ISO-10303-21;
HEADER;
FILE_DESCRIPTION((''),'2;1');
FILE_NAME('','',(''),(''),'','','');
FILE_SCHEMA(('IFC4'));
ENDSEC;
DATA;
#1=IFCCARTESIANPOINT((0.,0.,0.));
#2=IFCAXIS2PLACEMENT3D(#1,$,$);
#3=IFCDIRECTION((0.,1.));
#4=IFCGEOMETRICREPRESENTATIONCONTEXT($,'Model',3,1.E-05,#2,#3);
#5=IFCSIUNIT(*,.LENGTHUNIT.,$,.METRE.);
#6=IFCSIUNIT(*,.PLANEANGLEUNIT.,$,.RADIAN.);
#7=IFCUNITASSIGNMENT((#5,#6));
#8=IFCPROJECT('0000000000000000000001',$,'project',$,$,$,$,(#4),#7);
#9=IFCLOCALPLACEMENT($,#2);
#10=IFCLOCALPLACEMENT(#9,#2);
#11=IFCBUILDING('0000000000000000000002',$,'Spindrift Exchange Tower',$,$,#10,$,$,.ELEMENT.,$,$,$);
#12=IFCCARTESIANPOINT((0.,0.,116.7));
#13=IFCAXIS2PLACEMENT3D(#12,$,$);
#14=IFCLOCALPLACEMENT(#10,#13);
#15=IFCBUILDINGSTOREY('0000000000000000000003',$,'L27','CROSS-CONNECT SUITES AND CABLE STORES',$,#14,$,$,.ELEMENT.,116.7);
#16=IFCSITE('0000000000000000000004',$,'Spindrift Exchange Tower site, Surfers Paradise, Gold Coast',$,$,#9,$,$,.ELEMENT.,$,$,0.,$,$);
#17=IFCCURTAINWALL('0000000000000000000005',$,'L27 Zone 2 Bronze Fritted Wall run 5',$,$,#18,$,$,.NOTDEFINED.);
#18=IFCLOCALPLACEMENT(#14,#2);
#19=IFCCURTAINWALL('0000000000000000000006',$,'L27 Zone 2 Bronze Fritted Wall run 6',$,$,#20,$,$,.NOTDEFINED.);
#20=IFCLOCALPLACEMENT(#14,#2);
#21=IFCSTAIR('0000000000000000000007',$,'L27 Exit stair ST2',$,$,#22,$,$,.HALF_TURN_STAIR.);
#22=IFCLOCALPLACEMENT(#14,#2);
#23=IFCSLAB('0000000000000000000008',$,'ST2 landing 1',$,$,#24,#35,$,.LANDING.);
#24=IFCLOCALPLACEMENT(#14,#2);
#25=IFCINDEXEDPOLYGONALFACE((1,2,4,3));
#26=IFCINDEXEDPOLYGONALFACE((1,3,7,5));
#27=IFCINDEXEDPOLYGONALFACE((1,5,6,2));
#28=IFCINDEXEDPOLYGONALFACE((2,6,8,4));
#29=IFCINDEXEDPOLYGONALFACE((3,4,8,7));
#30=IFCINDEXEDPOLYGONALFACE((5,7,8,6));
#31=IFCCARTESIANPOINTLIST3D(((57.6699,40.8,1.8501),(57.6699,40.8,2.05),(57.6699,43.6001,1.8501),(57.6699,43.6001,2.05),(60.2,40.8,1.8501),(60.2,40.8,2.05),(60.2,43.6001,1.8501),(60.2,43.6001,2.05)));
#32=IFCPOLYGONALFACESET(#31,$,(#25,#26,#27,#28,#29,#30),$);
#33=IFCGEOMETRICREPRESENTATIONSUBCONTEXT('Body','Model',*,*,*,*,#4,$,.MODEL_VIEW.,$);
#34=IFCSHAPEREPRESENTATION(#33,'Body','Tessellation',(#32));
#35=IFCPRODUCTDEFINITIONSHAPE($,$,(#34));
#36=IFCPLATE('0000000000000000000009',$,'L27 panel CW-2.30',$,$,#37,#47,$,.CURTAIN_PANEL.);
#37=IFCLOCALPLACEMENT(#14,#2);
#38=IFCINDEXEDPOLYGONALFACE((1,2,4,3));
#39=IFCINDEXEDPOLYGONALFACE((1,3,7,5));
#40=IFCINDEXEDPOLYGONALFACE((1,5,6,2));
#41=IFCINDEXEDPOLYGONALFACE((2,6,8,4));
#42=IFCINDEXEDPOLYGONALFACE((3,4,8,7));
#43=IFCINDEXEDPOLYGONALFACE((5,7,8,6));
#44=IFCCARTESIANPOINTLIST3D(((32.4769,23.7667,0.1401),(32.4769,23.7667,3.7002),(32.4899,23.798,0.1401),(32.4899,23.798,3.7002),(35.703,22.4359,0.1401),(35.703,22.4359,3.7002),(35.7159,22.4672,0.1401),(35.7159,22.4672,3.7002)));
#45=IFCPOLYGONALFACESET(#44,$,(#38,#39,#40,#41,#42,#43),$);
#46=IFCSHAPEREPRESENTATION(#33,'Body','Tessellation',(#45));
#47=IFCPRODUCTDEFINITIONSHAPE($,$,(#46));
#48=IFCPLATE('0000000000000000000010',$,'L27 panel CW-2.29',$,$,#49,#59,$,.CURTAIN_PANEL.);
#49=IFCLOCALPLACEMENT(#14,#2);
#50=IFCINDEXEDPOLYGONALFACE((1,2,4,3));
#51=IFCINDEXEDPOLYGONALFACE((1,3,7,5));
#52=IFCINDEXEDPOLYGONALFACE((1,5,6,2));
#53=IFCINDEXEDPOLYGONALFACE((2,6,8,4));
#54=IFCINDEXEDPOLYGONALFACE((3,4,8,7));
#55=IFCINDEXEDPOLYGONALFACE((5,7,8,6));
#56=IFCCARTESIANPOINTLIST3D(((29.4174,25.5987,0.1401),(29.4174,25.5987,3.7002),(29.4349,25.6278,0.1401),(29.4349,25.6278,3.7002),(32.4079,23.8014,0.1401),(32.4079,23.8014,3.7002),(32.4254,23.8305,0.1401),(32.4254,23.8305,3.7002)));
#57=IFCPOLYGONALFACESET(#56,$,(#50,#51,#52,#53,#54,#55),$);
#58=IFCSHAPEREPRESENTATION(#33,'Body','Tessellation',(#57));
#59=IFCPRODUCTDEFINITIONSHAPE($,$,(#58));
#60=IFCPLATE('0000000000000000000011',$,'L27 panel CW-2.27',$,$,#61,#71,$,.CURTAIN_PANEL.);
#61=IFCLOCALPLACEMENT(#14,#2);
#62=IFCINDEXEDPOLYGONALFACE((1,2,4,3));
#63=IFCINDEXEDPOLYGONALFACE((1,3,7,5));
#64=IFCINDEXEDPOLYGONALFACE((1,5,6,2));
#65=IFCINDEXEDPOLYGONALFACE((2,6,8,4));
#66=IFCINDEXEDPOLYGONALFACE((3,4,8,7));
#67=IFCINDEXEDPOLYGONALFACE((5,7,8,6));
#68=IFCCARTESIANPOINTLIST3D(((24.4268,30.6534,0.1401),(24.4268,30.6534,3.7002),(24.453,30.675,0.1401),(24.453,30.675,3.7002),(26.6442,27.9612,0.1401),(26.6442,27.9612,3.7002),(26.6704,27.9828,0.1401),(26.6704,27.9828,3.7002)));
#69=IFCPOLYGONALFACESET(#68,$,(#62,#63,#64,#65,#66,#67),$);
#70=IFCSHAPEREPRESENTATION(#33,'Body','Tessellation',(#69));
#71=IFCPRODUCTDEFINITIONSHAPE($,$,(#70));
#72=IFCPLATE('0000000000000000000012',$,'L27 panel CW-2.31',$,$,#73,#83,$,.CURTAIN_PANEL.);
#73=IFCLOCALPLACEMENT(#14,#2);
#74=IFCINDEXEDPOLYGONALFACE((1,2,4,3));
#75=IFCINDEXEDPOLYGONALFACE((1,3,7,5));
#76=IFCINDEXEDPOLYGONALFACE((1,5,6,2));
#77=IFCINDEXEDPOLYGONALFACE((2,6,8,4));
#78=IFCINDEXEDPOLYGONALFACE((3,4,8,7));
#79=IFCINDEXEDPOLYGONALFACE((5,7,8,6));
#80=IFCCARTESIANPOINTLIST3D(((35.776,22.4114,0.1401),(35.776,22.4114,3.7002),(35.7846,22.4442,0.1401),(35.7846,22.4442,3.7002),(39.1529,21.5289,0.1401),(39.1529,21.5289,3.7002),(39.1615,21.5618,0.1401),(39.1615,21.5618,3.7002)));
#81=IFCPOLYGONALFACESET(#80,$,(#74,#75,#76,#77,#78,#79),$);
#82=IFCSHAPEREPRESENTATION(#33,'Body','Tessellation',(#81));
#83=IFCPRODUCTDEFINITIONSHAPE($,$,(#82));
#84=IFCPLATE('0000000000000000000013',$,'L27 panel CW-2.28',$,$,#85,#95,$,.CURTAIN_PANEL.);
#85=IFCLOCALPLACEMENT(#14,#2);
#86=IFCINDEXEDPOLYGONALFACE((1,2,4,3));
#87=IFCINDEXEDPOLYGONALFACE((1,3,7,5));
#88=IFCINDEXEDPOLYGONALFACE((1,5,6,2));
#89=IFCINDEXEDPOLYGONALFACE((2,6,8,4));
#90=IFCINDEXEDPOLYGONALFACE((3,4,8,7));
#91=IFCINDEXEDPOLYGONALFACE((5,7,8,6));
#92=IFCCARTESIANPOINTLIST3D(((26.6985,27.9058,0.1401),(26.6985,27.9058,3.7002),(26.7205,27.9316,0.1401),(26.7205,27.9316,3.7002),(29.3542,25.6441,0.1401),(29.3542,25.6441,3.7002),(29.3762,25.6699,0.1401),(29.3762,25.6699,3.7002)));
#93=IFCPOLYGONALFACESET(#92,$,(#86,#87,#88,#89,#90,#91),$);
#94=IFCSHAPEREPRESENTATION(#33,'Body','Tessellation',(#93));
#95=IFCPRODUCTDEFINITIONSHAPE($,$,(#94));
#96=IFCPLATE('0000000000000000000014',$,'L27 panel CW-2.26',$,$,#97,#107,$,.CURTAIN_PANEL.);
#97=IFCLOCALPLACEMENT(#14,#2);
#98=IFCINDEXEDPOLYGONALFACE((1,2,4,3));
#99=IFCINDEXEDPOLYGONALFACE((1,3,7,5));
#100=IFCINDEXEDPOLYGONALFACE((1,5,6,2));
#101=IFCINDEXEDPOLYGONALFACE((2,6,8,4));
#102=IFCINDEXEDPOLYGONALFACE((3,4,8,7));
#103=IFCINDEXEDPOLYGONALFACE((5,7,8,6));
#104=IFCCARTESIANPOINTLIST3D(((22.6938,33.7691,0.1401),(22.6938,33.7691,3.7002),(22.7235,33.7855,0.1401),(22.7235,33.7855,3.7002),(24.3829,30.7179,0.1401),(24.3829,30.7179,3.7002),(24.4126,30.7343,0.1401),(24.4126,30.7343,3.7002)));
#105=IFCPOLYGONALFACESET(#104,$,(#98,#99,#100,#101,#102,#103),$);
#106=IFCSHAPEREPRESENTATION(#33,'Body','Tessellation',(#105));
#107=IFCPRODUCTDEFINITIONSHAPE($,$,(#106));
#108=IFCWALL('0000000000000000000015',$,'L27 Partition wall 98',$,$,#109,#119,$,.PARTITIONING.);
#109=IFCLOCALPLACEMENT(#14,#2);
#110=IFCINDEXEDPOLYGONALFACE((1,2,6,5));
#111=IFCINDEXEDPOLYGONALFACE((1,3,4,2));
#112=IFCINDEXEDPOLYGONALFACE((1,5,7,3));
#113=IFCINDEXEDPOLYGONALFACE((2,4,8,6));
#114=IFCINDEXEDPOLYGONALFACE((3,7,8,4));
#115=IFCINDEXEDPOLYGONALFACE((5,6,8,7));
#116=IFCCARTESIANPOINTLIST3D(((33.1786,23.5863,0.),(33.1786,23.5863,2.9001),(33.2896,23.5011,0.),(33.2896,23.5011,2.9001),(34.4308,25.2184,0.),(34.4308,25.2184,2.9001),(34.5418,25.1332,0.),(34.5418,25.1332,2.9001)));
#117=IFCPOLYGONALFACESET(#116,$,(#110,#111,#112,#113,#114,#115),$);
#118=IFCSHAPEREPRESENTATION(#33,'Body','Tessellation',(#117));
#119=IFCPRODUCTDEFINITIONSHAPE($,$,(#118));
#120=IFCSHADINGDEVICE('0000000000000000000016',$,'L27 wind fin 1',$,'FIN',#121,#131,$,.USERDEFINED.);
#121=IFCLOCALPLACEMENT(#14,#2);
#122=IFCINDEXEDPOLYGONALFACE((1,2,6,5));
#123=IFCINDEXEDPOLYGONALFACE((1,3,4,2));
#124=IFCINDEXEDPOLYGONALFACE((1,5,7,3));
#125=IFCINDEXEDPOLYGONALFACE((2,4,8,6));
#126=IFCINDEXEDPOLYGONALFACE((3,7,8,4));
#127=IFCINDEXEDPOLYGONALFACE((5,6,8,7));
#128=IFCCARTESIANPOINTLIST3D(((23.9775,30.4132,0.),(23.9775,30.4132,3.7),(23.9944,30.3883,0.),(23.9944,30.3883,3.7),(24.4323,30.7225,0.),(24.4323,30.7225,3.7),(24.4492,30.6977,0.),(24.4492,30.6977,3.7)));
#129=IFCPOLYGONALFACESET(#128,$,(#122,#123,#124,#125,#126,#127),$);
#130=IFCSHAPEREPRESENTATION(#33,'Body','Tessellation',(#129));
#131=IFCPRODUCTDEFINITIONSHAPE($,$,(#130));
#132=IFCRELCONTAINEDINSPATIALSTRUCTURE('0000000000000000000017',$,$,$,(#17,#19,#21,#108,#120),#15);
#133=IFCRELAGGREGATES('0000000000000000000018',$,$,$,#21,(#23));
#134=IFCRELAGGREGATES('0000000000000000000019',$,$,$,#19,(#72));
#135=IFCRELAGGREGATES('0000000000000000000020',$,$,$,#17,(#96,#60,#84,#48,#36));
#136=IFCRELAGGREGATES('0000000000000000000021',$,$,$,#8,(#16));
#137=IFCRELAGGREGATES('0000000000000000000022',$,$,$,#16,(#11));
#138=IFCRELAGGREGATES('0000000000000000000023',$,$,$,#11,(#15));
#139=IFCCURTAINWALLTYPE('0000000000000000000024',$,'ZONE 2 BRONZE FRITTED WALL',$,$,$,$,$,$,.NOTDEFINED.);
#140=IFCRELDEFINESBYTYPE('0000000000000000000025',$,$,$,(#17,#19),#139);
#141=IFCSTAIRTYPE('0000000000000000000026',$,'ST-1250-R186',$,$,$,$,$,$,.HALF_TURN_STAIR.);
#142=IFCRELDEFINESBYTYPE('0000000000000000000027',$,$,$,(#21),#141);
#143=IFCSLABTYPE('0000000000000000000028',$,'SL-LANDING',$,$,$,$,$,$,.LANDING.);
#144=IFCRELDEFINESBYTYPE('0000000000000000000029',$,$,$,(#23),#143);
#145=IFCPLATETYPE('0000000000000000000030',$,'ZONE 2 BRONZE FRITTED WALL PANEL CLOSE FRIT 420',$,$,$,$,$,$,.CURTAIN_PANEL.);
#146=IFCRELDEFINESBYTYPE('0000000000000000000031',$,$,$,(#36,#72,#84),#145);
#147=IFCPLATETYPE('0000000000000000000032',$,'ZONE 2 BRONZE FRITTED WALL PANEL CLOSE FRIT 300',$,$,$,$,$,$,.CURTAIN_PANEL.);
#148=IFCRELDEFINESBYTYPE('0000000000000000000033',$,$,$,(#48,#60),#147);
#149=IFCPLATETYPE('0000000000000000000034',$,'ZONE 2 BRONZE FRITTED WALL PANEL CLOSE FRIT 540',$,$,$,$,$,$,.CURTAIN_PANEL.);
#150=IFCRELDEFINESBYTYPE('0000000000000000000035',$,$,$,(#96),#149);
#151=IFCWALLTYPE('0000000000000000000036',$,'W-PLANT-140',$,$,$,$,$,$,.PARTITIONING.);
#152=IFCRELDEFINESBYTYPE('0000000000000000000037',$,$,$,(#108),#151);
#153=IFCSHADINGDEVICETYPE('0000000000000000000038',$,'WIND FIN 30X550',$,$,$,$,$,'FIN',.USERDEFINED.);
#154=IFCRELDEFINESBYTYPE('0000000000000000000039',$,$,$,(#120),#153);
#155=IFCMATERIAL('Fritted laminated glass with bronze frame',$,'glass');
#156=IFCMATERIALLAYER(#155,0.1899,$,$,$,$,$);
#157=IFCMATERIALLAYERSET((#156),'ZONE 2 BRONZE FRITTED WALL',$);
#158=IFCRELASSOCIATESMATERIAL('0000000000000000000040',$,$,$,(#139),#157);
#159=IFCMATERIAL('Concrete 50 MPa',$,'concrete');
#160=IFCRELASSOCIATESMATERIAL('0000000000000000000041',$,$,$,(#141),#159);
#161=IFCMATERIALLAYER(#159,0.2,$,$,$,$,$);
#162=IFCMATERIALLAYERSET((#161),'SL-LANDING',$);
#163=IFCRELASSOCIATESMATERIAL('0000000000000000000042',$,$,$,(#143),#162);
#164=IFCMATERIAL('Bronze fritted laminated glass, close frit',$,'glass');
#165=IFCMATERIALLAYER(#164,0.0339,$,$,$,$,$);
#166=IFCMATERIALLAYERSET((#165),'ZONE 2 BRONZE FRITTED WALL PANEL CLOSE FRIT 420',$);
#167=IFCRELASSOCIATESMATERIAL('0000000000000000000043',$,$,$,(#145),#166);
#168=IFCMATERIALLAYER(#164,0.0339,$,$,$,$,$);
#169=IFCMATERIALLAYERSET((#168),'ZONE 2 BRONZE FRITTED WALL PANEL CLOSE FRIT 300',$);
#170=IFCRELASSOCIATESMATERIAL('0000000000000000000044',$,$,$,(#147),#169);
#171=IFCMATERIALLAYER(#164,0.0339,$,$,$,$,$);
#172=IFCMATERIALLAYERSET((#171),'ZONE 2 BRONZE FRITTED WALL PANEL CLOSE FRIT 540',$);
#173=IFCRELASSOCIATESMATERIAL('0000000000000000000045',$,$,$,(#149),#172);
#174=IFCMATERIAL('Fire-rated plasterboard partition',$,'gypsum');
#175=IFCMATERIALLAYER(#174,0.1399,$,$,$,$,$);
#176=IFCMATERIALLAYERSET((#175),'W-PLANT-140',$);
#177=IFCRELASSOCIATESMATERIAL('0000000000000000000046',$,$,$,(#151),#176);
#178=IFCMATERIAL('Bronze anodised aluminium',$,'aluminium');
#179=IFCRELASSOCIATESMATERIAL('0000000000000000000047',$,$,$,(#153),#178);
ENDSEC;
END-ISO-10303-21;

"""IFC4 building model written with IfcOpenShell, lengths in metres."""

from ifc_helpers import new_model, si_unit, direction, frame, frame_2d, origin, origin_2d, place, context, subcontext, project, spatial, line, indexed_curve, rectangle, outline, extrude, source, transform, mapped, material, layer, layer_set, material_profile, profile_set, type_object, element, aggregate, save


model = new_model("IFC4")

# Units and contexts
model_context = context("Model", 3, precision=1e-05, world=origin(), true_north=direction((0.0, 1.0)))
body_context = subcontext(model_context, "Body", "Model", "MODEL_VIEW")
ifc_project = project(units=[si_unit("LENGTHUNIT", "METRE"), si_unit("PLANEANGLEUNIT", "RADIAN")], contexts=[model_context])

# Site, building, storey
site_placement = place(None, origin())
site = spatial("IfcSite", under=ifc_project, at=site_placement, Name="Spindrift Exchange Tower site, Surfers Paradise, Gold Coast", CompositionType="ELEMENT", RefElevation=0.0)
building_placement = place(site_placement, origin())
building = spatial("IfcBuilding", under=site, at=building_placement, Name="Spindrift Exchange Tower", CompositionType="ELEMENT")
storey_placement = place(building_placement, frame((0.0, 0.0, 116.7)))
storey = spatial("IfcBuildingStorey", under=building, at=storey_placement, Name="L27", Description="CROSS-CONNECT SUITES AND CABLE STORES", CompositionType="ELEMENT", Elevation=116.7)

# Curtain wall
ifc_material_1 = material(Name="Fritted laminated glass with bronze frame", Category="glass")
ifc_layer_1 = layer(ifc_material_1, 0.1899)
ifc_layer_set_1 = layer_set([ifc_layer_1], Name="ZONE 2 BRONZE FRITTED WALL")
curtain_wall_type = type_object("IfcCurtainWallType", Name="ZONE 2 BRONZE FRITTED WALL", PredefinedType="NOTDEFINED", material=ifc_layer_set_1)
curtain_wall_1_placement = place(storey_placement, origin())
curtain_wall_1 = element("IfcCurtainWall", 1, at=curtain_wall_1_placement, inside=storey, type_object=curtain_wall_type, Name="L27 Zone 2 Bronze Fritted Wall run 5", PredefinedType="NOTDEFINED")
ifc_material_2 = material(Name="Bronze anodised aluminium", Category="aluminium")

# Curtain wall
curtain_wall_2_placement = place(storey_placement, origin())
curtain_wall_2 = element("IfcCurtainWall", 2, at=curtain_wall_2_placement, inside=storey, type_object=curtain_wall_type, Name="L27 Zone 2 Bronze Fritted Wall run 6", PredefinedType="NOTDEFINED")

# Shared definitions
ifc_material_3 = material(Name="Concrete 50 MPa", Category="concrete")

# Stair, slab
stair_type = type_object("IfcStairType", Name="ST-1250-R186", PredefinedType="HALF_TURN_STAIR", material=ifc_material_3)
ifc_layer_2 = layer(ifc_material_3, 0.2)
ifc_layer_set_2 = layer_set([ifc_layer_2], Name="SL-LANDING")
slab_type_1 = type_object("IfcSlabType", Name="SL-LANDING", PredefinedType="LANDING", material=ifc_layer_set_2)
stair_1_placement = place(storey_placement, origin())
stair_1 = element("IfcStair", 3, at=stair_1_placement, inside=storey, type_object=stair_type, Name="L27 Exit stair ST2", PredefinedType="HALF_TURN_STAIR")
slab_1_placement = place(storey_placement, frame((0.0, 0.0, 1.8501)))
slab_1 = element("IfcSlab", 4, at=slab_1_placement, type_object=slab_type_1, Name="ST2 landing 1", PredefinedType="LANDING", context=body_context, shape_type="SweptSolid", body=[
    extrude(outline(indexed_curve([(57.6699, 43.6001), (60.2, 43.6001), (60.2, 40.8), (57.6699, 40.8)], segments=[line(1, 2, 3, 4, 1)], self_intersect=False)), origin(), (0.0, 0.0, 1.0), 0.2),
])
aggregate(stair_1, [slab_1])

# Plates
ifc_material_4 = material(Name="Bronze fritted laminated glass, close frit", Category="glass")
ifc_layer_3 = layer(ifc_material_4, 0.0339)
ifc_layer_set_3 = layer_set([ifc_layer_3], Name="ZONE 2 BRONZE FRITTED WALL PANEL CLOSE FRIT 420")
plate_type_1 = type_object("IfcPlateType", Name="ZONE 2 BRONZE FRITTED WALL PANEL CLOSE FRIT 420", PredefinedType="CURTAIN_PANEL", material=ifc_layer_set_3)
shared_shape_1 = source(origin(), body_context, "Body", "SweptSolid", [
    extrude(rectangle(XDim=3.4897, YDim=0.0339, at=origin_2d()), origin(), (0.0, 0.0, 1.0), 3.5601),
])
plate_1_placement = place(storey_placement, frame((34.0964, 23.1169, 0.1401), z_axis=(0.0, 0.0, 1.0), x_axis=(0.924434, -0.381343, 0.0)))
plate_1 = element("IfcPlate", 5, at=plate_1_placement, type_object=plate_type_1, Name="L27 panel CW-2.30", PredefinedType="CURTAIN_PANEL", context=body_context, shape_type="MappedRepresentation", body=[
    mapped(shared_shape_1, transform((0.0, 0.0, 0.0), scale=1.0)),
])
ifc_layer_4 = layer(ifc_material_4, 0.0339)
ifc_layer_set_4 = layer_set([ifc_layer_4], Name="ZONE 2 BRONZE FRITTED WALL PANEL CLOSE FRIT 300")
plate_type_2 = type_object("IfcPlateType", Name="ZONE 2 BRONZE FRITTED WALL PANEL CLOSE FRIT 300", PredefinedType="CURTAIN_PANEL", material=ifc_layer_set_4)
shared_shape_2 = source(origin(), body_context, "Body", "SweptSolid", [
    extrude(rectangle(XDim=3.489, YDim=0.0339, at=origin_2d()), origin(), (0.0, 0.0, 1.0), 3.5601),
])
plate_2_placement = place(storey_placement, frame((30.9214, 24.7146, 0.1401), z_axis=(0.0, 0.0, 1.0), x_axis=(0.857106, -0.51514, 0.0)))
plate_2 = element("IfcPlate", 6, at=plate_2_placement, type_object=plate_type_2, Name="L27 panel CW-2.29", PredefinedType="CURTAIN_PANEL", context=body_context, shape_type="MappedRepresentation", body=[
    mapped(shared_shape_2, transform((0.0, 0.0, 0.0), scale=1.0)),
])
shared_shape_3 = source(origin(), body_context, "Body", "SweptSolid", [
    extrude(rectangle(XDim=3.4878, YDim=0.0339, at=origin_2d()), origin(), (0.0, 0.0, 1.0), 3.5601),
])
plate_3_placement = place(storey_placement, frame((25.5486, 29.3181, 0.1401), z_axis=(0.0, 0.0, 1.0), x_axis=(0.635759, -0.771888, 0.0)))
plate_3 = element("IfcPlate", 7, at=plate_3_placement, type_object=plate_type_2, Name="L27 panel CW-2.27", PredefinedType="CURTAIN_PANEL", context=body_context, shape_type="MappedRepresentation", body=[
    mapped(shared_shape_3, transform((0.0, 0.0, 0.0), scale=1.0)),
])
shared_shape_4 = source(origin(), body_context, "Body", "SweptSolid", [
    extrude(rectangle(XDim=3.4902, YDim=0.0339, at=origin_2d()), origin(), (0.0, 0.0, 1.0), 3.5601),
])
plate_4_placement = place(storey_placement, frame((37.4688, 21.9866, 0.1401), z_axis=(0.0, 0.0, 1.0), x_axis=(0.96751, -0.252831, 0.0)))
plate_4 = element("IfcPlate", 8, at=plate_4_placement, type_object=plate_type_1, Name="L27 panel CW-2.31", PredefinedType="CURTAIN_PANEL", context=body_context, shape_type="MappedRepresentation", body=[
    mapped(shared_shape_4, transform((0.0, 0.0, 0.0), scale=1.0)),
])
aggregate(curtain_wall_2, [plate_4])
shared_shape_5 = source(origin(), body_context, "Body", "SweptSolid", [
    extrude(rectangle(XDim=3.4883, YDim=0.0339, at=origin_2d()), origin(), (0.0, 0.0, 1.0), 3.5601),
])
plate_5_placement = place(storey_placement, frame((28.0374, 26.7878, 0.1401), z_axis=(0.0, 0.0, 1.0), x_axis=(0.761324, -0.648371, 0.0)))
plate_5 = element("IfcPlate", 9, at=plate_5_placement, type_object=plate_type_1, Name="L27 panel CW-2.28", PredefinedType="CURTAIN_PANEL", context=body_context, shape_type="MappedRepresentation", body=[
    mapped(shared_shape_5, transform((0.0, 0.0, 0.0), scale=1.0)),
])
ifc_layer_5 = layer(ifc_material_4, 0.0339)
ifc_layer_set_5 = layer_set([ifc_layer_5], Name="ZONE 2 BRONZE FRITTED WALL PANEL CLOSE FRIT 540")
plate_type_3 = type_object("IfcPlateType", Name="ZONE 2 BRONZE FRITTED WALL PANEL CLOSE FRIT 540", PredefinedType="CURTAIN_PANEL", material=ifc_layer_set_5)
shared_shape_6 = source(origin(), body_context, "Body", "SweptSolid", [
    extrude(rectangle(XDim=3.4875, YDim=0.0339, at=origin_2d()), origin(), (0.0, 0.0, 1.0), 3.5601),
])
plate_6_placement = place(storey_placement, frame((23.5532, 32.2517, 0.1401), z_axis=(0.0, 0.0, 1.0), x_axis=(0.484332, -0.874884, 0.0)))
plate_6 = element("IfcPlate", 10, at=plate_6_placement, type_object=plate_type_3, Name="L27 panel CW-2.26", PredefinedType="CURTAIN_PANEL", context=body_context, shape_type="MappedRepresentation", body=[
    mapped(shared_shape_6, transform((0.0, 0.0, 0.0), scale=1.0)),
])
aggregate(curtain_wall_1, [plate_6, plate_3, plate_5, plate_2, plate_1])

# Wall
ifc_material_5 = material(Name="Fire-rated plasterboard partition", Category="gypsum")
ifc_layer_6 = layer(ifc_material_5, 0.1399)
ifc_layer_set_6 = layer_set([ifc_layer_6], Name="W-PLANT-140")
wall_type = type_object("IfcWallType", Name="W-PLANT-140", PredefinedType="PARTITIONING", material=ifc_layer_set_6)
wall_placement = place(storey_placement, frame((34.4863, 25.1758, 0.0), z_axis=(0.0, 0.0, 1.0), x_axis=(-0.608718, -0.793387, 0.0)))
element("IfcWall", 11, at=wall_placement, inside=storey, type_object=wall_type, Name="L27 Partition wall 98", PredefinedType="PARTITIONING", context=body_context, shape_type="SweptSolid", body=[
    extrude(rectangle(XDim=2.0571, YDim=0.1399, at=frame_2d((1.0286, 0.0))), origin(), (0.0, 0.0, 1.0), 2.9001),
])

# Shading device
ifc_material_profile_1 = material_profile(ifc_material_2, rectangle(XDim=0.03, YDim=0.55, at=origin_2d()), Name="WIND FIN 30X550")
ifc_profile_set_1 = profile_set([ifc_material_profile_1], Name="Bronze anodised aluminium")
shading_device_type = type_object("IfcShadingDeviceType", Name="WIND FIN 30X550", ElementType="FIN", PredefinedType="USERDEFINED", material=ifc_profile_set_1)
shared_shape_7 = source(origin(), body_context, "Body", "SweptSolid", [
    extrude(rectangle(XDim=0.03, YDim=0.55, at=origin_2d()), origin(), (0.0, 0.0, 1.0), 3.7),
])
shading_device_placement = place(storey_placement, frame((24.2134, 30.5554, 0.0), z_axis=(0.0, 0.0, 1.0), x_axis=(0.562408, -0.82686, 0.0)))
element("IfcShadingDevice", 12, at=shading_device_placement, inside=storey, type_object=shading_device_type, Name="L27 wind fin 1", ObjectType="FIN", PredefinedType="USERDEFINED", context=body_context, shape_type="MappedRepresentation", body=[
    mapped(shared_shape_7, transform((0.0, 0.0, 0.0), scale=1.0)),
])

save(model, "model.ifc")
